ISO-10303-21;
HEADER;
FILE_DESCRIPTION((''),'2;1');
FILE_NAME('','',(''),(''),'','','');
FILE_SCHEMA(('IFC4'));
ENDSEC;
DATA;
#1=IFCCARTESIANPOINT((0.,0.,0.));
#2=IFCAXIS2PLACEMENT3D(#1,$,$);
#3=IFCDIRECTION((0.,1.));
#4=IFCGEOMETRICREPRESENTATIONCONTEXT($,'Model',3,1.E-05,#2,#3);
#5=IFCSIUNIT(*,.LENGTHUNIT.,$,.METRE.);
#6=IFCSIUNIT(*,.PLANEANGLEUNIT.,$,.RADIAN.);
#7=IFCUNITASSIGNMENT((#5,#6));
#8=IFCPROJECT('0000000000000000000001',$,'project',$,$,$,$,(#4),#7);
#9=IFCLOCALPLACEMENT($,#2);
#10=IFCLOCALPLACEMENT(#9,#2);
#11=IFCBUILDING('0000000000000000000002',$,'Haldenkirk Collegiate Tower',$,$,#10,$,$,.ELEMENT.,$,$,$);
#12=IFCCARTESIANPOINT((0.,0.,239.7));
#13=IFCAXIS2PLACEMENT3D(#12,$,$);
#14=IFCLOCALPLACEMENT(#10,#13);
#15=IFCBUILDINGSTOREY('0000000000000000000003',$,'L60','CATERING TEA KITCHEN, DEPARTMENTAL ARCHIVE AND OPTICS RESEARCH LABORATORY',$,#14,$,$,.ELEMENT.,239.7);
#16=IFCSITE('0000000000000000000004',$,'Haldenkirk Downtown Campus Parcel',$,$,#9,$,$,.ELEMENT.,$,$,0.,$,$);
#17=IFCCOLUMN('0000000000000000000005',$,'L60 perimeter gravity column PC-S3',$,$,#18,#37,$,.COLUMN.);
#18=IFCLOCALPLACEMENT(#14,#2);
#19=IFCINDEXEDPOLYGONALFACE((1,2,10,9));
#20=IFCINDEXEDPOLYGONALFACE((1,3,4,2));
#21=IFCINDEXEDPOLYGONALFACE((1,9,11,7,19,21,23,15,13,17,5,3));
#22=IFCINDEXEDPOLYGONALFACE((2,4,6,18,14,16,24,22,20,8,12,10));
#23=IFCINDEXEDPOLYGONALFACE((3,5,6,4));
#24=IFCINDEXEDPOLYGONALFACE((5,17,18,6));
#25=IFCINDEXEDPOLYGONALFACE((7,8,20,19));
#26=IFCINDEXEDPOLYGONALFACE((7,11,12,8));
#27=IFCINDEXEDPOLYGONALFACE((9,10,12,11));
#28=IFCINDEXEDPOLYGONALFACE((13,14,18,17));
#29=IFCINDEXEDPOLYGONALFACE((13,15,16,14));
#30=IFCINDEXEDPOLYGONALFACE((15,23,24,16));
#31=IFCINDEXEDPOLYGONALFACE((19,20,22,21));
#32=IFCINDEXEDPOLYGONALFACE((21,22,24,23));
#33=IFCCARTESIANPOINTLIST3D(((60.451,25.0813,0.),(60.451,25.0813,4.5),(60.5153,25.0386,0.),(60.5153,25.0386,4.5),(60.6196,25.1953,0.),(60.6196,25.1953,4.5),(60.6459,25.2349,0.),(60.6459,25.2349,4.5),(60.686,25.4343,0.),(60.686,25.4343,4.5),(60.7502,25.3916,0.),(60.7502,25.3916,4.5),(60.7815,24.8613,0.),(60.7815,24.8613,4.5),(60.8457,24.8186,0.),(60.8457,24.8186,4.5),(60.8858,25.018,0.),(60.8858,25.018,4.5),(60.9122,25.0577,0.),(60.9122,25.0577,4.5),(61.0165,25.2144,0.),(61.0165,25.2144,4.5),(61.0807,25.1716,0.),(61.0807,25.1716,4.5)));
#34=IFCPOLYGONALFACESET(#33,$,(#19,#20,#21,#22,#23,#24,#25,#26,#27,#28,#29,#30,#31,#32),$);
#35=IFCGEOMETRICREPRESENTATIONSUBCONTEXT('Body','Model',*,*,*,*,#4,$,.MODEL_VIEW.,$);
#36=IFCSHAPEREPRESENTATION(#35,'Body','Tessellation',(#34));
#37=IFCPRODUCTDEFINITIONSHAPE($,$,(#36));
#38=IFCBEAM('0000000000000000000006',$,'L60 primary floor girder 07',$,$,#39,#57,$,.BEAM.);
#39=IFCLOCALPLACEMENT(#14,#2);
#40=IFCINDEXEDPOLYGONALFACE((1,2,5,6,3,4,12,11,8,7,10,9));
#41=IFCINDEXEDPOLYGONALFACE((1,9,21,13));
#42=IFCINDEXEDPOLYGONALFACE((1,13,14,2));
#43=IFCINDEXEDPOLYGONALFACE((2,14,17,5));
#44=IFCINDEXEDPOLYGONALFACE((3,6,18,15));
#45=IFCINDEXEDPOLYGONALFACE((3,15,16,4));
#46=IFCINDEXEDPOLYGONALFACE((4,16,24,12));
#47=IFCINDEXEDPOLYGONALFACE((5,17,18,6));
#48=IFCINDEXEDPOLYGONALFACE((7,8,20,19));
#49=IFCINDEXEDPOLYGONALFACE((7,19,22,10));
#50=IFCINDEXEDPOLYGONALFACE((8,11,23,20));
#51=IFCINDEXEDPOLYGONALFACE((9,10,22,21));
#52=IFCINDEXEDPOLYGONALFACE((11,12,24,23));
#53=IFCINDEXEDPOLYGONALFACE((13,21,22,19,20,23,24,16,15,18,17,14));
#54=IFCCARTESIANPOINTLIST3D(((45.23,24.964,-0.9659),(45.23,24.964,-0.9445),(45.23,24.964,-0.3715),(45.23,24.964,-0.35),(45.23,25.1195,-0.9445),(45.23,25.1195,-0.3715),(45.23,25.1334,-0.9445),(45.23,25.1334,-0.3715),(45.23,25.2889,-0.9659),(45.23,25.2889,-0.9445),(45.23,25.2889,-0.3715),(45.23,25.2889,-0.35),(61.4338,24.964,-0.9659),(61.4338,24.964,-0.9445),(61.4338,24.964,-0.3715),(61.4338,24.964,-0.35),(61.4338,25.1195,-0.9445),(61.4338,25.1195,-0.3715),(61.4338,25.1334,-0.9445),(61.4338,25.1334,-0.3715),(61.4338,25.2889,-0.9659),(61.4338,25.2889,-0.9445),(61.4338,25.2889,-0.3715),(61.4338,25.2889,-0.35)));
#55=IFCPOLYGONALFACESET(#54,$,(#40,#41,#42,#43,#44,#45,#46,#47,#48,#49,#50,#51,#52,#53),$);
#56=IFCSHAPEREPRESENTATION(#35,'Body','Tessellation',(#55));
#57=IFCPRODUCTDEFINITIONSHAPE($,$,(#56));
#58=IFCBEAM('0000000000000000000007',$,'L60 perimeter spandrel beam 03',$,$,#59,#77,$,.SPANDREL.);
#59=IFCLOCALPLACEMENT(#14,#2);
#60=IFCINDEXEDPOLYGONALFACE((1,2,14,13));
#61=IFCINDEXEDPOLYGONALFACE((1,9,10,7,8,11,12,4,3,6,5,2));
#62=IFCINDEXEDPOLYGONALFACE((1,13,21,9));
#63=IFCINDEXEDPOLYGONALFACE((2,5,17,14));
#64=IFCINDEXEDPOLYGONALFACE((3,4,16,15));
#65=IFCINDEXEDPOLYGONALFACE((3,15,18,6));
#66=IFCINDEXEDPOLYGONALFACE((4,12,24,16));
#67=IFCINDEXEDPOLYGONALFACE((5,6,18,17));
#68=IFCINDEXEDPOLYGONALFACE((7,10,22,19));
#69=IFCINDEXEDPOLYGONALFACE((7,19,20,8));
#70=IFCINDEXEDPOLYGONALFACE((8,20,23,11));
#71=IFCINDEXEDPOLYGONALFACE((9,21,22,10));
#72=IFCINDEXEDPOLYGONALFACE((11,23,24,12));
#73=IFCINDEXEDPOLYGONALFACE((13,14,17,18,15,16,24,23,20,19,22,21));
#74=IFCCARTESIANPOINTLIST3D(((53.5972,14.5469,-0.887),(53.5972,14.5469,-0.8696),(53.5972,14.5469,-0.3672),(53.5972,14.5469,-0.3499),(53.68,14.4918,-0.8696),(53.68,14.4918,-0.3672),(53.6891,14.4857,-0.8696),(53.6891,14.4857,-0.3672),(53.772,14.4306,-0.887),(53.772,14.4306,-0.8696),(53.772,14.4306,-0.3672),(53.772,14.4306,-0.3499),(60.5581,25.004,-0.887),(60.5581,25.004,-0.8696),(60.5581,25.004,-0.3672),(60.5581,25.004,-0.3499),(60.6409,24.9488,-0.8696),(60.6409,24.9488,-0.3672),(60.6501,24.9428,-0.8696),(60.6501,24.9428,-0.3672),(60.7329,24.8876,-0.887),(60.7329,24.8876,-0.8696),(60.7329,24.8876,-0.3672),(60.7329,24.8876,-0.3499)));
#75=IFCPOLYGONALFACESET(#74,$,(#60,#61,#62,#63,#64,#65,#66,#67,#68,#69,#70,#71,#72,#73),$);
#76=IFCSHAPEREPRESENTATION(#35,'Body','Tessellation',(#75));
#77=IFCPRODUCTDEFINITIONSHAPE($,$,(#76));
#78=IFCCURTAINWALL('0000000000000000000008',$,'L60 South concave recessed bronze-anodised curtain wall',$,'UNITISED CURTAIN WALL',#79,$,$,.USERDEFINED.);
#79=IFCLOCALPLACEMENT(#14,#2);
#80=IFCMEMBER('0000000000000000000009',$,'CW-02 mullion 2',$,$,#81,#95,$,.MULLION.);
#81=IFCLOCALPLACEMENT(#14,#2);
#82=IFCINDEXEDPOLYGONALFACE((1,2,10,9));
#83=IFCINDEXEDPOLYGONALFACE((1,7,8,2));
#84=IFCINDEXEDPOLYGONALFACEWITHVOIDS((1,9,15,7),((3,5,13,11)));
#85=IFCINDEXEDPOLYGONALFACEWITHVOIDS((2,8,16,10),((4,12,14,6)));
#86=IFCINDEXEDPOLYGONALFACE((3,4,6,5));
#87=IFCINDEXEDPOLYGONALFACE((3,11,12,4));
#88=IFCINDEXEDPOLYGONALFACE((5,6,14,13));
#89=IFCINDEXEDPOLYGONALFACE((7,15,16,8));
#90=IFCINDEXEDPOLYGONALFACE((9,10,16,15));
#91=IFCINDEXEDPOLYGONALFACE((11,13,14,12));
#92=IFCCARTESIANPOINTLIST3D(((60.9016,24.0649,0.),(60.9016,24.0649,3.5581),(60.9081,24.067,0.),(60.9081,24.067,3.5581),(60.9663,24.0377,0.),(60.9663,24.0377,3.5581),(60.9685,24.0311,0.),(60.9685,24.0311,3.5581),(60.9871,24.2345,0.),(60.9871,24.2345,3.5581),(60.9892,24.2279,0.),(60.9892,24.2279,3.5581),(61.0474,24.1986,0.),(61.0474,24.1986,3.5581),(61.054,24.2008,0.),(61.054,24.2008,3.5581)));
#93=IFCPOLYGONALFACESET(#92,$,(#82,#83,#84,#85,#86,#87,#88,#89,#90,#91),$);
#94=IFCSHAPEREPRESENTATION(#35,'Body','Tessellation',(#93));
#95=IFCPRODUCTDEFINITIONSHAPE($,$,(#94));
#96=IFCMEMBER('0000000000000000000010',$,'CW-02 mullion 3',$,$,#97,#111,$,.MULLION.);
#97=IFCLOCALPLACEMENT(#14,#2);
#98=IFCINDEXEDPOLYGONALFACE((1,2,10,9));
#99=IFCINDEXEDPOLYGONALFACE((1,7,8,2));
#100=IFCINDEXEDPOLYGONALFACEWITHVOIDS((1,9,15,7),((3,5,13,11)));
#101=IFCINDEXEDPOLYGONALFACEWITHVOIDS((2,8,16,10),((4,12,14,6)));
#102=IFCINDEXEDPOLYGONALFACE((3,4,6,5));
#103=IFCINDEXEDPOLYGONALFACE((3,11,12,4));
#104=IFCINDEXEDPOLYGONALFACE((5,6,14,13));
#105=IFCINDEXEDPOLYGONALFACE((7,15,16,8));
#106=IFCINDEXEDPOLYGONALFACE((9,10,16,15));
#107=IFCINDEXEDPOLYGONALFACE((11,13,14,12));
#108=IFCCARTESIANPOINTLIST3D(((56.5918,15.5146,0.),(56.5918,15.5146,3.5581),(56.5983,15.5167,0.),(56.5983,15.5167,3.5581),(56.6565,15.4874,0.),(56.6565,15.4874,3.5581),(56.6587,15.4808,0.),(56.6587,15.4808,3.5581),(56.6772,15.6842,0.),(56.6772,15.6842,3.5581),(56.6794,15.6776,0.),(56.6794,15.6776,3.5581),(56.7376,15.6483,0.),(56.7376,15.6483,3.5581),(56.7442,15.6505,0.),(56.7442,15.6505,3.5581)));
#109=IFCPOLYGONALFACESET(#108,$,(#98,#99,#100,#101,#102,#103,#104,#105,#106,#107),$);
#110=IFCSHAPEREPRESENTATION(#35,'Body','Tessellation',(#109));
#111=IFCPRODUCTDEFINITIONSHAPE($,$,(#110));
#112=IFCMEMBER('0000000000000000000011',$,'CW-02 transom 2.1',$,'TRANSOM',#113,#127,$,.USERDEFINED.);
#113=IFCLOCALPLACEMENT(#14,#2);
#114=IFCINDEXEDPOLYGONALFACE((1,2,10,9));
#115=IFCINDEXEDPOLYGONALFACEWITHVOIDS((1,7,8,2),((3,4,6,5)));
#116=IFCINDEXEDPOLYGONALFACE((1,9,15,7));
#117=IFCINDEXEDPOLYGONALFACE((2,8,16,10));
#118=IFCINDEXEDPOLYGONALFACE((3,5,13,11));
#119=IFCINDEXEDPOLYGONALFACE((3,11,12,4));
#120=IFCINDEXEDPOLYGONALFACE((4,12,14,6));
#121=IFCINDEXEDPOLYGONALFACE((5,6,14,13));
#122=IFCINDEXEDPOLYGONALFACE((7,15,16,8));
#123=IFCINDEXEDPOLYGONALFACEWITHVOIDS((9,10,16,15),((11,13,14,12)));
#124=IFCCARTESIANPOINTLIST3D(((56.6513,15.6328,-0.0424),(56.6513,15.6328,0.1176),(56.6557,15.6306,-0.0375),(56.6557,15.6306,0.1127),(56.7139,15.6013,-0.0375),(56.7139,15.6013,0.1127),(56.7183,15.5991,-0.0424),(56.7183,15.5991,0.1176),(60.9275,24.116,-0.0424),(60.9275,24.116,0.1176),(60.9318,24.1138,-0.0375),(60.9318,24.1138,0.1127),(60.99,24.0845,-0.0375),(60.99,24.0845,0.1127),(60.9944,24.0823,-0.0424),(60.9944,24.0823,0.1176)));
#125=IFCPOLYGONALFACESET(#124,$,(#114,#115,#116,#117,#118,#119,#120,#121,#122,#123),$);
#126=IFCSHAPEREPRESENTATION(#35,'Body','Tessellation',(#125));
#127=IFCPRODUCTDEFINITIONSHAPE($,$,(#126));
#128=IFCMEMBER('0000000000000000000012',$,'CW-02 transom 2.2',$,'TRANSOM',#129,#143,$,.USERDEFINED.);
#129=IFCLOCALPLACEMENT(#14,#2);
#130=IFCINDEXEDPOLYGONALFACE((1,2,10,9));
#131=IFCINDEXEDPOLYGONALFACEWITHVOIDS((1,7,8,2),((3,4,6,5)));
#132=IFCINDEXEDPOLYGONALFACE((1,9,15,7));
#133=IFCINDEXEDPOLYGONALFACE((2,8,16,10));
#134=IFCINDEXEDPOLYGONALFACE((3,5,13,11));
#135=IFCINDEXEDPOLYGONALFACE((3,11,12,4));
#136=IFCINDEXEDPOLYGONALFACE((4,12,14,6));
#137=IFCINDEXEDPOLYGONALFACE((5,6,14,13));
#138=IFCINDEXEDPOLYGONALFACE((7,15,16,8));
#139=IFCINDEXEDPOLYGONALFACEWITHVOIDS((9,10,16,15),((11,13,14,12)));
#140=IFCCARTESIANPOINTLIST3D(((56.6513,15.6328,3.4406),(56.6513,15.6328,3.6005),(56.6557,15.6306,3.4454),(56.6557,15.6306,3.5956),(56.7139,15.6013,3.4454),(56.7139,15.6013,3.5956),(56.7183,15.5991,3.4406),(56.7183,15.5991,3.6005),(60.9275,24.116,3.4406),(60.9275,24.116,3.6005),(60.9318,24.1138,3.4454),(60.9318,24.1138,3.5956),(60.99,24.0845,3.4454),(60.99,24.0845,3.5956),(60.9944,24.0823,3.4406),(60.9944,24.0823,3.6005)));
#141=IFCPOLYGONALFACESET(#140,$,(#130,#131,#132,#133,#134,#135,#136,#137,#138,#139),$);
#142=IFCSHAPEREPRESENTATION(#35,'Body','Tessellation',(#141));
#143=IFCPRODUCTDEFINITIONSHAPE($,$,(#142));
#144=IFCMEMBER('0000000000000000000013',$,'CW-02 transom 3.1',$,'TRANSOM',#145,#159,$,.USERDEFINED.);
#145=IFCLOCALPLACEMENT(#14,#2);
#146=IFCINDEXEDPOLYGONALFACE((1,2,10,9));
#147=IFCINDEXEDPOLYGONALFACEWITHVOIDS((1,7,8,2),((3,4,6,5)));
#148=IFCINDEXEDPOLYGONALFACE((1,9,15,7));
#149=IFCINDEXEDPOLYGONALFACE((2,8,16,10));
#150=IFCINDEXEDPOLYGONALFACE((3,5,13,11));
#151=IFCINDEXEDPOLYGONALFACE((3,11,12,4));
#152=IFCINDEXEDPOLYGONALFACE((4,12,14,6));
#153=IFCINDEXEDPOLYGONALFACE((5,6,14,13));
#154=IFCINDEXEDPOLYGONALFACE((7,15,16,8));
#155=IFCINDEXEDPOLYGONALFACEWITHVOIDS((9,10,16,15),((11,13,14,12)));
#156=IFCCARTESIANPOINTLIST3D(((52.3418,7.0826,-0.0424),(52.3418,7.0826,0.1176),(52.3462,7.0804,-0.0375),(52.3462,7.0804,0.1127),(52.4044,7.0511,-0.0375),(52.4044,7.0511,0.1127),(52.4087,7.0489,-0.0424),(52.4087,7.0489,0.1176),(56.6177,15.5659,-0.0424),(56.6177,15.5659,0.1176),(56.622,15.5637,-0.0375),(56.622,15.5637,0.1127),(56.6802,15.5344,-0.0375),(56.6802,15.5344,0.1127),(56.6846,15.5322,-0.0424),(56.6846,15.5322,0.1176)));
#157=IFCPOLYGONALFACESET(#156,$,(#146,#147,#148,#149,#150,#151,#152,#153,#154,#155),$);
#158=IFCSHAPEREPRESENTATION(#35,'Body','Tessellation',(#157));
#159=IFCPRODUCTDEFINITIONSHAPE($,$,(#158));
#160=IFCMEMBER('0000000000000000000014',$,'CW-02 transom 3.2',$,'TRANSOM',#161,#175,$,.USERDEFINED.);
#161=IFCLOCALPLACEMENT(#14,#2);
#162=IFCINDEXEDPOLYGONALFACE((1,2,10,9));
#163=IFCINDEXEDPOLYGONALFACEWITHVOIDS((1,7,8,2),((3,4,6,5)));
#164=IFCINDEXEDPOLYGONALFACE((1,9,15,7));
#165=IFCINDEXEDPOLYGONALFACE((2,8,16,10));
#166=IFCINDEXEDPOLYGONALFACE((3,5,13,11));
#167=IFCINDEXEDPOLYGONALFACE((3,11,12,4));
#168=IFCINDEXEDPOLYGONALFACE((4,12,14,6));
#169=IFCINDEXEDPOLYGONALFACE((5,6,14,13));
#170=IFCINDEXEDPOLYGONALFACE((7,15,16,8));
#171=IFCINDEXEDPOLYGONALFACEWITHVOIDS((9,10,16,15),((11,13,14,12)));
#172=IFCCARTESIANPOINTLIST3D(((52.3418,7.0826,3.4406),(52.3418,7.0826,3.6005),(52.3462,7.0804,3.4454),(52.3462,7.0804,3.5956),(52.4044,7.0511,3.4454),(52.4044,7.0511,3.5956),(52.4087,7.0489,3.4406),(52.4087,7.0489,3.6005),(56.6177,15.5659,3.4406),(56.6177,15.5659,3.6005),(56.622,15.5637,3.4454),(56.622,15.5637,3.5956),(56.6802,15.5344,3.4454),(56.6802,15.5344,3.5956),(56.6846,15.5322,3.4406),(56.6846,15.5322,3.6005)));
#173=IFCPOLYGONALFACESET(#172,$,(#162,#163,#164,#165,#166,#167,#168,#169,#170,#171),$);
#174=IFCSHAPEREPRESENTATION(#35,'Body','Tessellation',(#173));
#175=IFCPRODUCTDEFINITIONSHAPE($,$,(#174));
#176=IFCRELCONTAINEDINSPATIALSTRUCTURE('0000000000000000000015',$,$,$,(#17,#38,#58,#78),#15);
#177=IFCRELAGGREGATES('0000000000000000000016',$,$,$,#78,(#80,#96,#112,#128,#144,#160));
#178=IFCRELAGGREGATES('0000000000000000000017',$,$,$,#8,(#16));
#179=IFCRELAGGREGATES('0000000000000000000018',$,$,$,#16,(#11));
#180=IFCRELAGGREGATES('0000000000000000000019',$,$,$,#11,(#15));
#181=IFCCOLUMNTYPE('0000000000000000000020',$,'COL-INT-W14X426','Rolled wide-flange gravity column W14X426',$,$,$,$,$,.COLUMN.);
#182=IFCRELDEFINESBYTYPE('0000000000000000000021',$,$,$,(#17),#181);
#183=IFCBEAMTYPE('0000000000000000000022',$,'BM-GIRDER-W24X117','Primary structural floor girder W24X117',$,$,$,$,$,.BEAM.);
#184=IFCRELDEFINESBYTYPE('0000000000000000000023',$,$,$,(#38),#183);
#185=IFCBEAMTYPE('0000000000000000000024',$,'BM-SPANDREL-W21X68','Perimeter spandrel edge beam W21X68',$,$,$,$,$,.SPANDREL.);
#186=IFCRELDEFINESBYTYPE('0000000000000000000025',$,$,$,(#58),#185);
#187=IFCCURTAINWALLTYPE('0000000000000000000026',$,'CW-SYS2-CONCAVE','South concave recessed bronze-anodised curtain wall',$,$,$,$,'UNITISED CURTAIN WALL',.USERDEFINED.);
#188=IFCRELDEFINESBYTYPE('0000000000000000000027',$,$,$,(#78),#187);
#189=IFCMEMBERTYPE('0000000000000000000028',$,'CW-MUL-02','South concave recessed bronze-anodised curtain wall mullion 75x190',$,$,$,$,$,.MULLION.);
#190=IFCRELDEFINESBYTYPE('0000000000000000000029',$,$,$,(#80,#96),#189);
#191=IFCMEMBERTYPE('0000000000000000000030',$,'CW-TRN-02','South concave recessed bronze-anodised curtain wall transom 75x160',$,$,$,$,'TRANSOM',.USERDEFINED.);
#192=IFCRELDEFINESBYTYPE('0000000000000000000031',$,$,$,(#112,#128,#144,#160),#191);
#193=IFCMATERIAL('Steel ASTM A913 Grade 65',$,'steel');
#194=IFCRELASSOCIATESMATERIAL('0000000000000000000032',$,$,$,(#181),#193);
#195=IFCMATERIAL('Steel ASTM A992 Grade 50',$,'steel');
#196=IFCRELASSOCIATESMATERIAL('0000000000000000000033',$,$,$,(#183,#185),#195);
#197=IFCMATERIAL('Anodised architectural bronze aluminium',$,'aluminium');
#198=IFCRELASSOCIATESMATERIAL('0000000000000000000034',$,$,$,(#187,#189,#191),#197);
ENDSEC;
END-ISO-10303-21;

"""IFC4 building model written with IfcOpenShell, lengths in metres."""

from ifc_helpers import new_model, si_unit, direction, frame, origin, origin_2d, place, context, subcontext, project, spatial, hollow_rectangle, i_section, extrude, material, material_profile, profile_set, type_object, element, aggregate, save


model = new_model("IFC4")

# Units and contexts
model_context = context("Model", 3, precision=1e-05, world=origin(), true_north=direction((0.0, 1.0)))
body_context = subcontext(model_context, "Body", "Model", "MODEL_VIEW")
ifc_project = project(units=[si_unit("LENGTHUNIT", "METRE"), si_unit("PLANEANGLEUNIT", "RADIAN")], contexts=[model_context])

# Site, building, storey
site_placement = place(None, origin())
site = spatial("IfcSite", under=ifc_project, at=site_placement, Name="Haldenkirk Downtown Campus Parcel", CompositionType="ELEMENT", RefElevation=0.0)
building_placement = place(site_placement, origin())
building = spatial("IfcBuilding", under=site, at=building_placement, Name="Haldenkirk Collegiate Tower", CompositionType="ELEMENT")
storey_placement = place(building_placement, frame((0.0, 0.0, 239.7)))
storey = spatial("IfcBuildingStorey", under=building, at=storey_placement, Name="L60", Description="CATERING TEA KITCHEN, DEPARTMENTAL ARCHIVE AND OPTICS RESEARCH LABORATORY", CompositionType="ELEMENT", Elevation=239.7)

# Column
ifc_material_1 = material(Name="Steel ASTM A913 Grade 65", Category="steel")
ifc_material_profile_1 = material_profile(ifc_material_1, i_section(OverallWidth=0.4241, OverallDepth=0.4741, WebThickness=0.0476, FlangeThickness=0.0771, at=origin_2d()), Name="W14X426")
ifc_profile_set_1 = profile_set([ifc_material_profile_1], Name="Steel ASTM A913 Grade 65")
column_type = type_object("IfcColumnType", Name="COL-INT-W14X426", Description="Rolled wide-flange gravity column W14X426", PredefinedType="COLUMN", material=ifc_profile_set_1)
column_placement = place(storey_placement, frame((60.7659, 25.1265, 0.0), z_axis=(0.0, 0.0, 1.0), x_axis=(0.554118, 0.832438, 0.0)))
element("IfcColumn", 1, at=column_placement, inside=storey, type_object=column_type, Name="L60 perimeter gravity column PC-S3", PredefinedType="COLUMN", context=body_context, shape_type="SweptSolid", body=[
    extrude(i_section(OverallWidth=0.4241, OverallDepth=0.4741, WebThickness=0.0476, FlangeThickness=0.0771, at=origin_2d()), origin(), (0.0, 0.0, 1.0), 4.5),
])

# Beams
ifc_material_2 = material(Name="Steel ASTM A992 Grade 50", Category="steel")
ifc_material_profile_2 = material_profile(ifc_material_2, i_section(OverallWidth=0.325, OverallDepth=0.616, WebThickness=0.0139, FlangeThickness=0.0215, at=origin_2d()), Name="W24X117")
ifc_profile_set_2 = profile_set([ifc_material_profile_2], Name="Steel ASTM A992 Grade 50")
beam_type_1 = type_object("IfcBeamType", Name="BM-GIRDER-W24X117", Description="Primary structural floor girder W24X117", PredefinedType="BEAM", material=ifc_profile_set_2)
beam_1_placement = place(storey_placement, frame((61.4338, 25.1265, -0.658), z_axis=(-1.0, 0.0, 0.0), x_axis=(0.0, -1.0, 0.0)))
element("IfcBeam", 2, at=beam_1_placement, inside=storey, type_object=beam_type_1, Name="L60 primary floor girder 07", PredefinedType="BEAM", context=body_context, shape_type="SweptSolid", body=[
    extrude(i_section(OverallWidth=0.325, OverallDepth=0.616, WebThickness=0.0139, FlangeThickness=0.0215, at=origin_2d()), origin(), (0.0, 0.0, 1.0), 16.2039),
])
ifc_material_profile_3 = material_profile(ifc_material_2, i_section(OverallWidth=0.21, OverallDepth=0.5371, WebThickness=0.011, FlangeThickness=0.0173, at=origin_2d()), Name="W21X68")
ifc_profile_set_3 = profile_set([ifc_material_profile_3], Name="Steel ASTM A992 Grade 50")
beam_type_2 = type_object("IfcBeamType", Name="BM-SPANDREL-W21X68", Description="Perimeter spandrel edge beam W21X68", PredefinedType="SPANDREL", material=ifc_profile_set_3)
beam_2_placement = place(storey_placement, frame((53.6846, 14.4888, -0.6184), z_axis=(0.554126, 0.832433, 0.0), x_axis=(-0.832433, 0.554126, 0.0)))
element("IfcBeam", 3, at=beam_2_placement, inside=storey, type_object=beam_type_2, Name="L60 perimeter spandrel beam 03", PredefinedType="SPANDREL", context=body_context, shape_type="SweptSolid", body=[
    extrude(i_section(OverallWidth=0.21, OverallDepth=0.5371, WebThickness=0.011, FlangeThickness=0.0173, at=origin_2d()), origin(), (0.0, 0.0, 1.0), 12.562),
])

# Curtain wall, members
ifc_material_3 = material(Name="Anodised architectural bronze aluminium", Category="aluminium")
curtain_wall_type = type_object("IfcCurtainWallType", Name="CW-SYS2-CONCAVE", Description="South concave recessed bronze-anodised curtain wall", ElementType="UNITISED CURTAIN WALL", PredefinedType="USERDEFINED", material=ifc_material_3)
curtain_wall_placement = place(storey_placement, origin())
curtain_wall = element("IfcCurtainWall", 4, at=curtain_wall_placement, inside=storey, type_object=curtain_wall_type, Name="L60 South concave recessed bronze-anodised curtain wall", ObjectType="UNITISED CURTAIN WALL", PredefinedType="USERDEFINED")
ifc_material_profile_4 = material_profile(ifc_material_3, hollow_rectangle(XDim=0.075, YDim=0.1899, WallThickness=0.0049, at=origin_2d()), Name="CW-MUL-02")
ifc_profile_set_4 = profile_set([ifc_material_profile_4], Name="Anodised architectural bronze aluminium")
member_type_1 = type_object("IfcMemberType", Name="CW-MUL-02", Description="South concave recessed bronze-anodised curtain wall mullion 75x190", PredefinedType="MULLION", material=ifc_profile_set_4)
member_1_placement = place(storey_placement, frame((60.9778, 24.1328, 0.0), z_axis=(0.0, 0.0, 1.0), x_axis=(0.89298, -0.450097, 0.0)))
member_1 = element("IfcMember", 5, at=member_1_placement, type_object=member_type_1, Name="CW-02 mullion 2", PredefinedType="MULLION", context=body_context, shape_type="SweptSolid", body=[
    extrude(hollow_rectangle(XDim=0.075, YDim=0.1899, WallThickness=0.0049, at=origin_2d()), origin(), (0.0, 0.0, 1.0), 3.5581),
])
member_2_placement = place(storey_placement, frame((56.668, 15.5825, 0.0), z_axis=(0.0, 0.0, 1.0), x_axis=(0.89298, -0.450097, 0.0)))
member_2 = element("IfcMember", 6, at=member_2_placement, type_object=member_type_1, Name="CW-02 mullion 3", PredefinedType="MULLION", context=body_context, shape_type="SweptSolid", body=[
    extrude(hollow_rectangle(XDim=0.075, YDim=0.1899, WallThickness=0.0049, at=origin_2d()), origin(), (0.0, 0.0, 1.0), 3.5581),
])
ifc_material_profile_5 = material_profile(ifc_material_3, hollow_rectangle(XDim=0.075, YDim=0.1599, WallThickness=0.0049, at=origin_2d()), Name="CW-TRN-02")
ifc_profile_set_5 = profile_set([ifc_material_profile_5], Name="Anodised architectural bronze aluminium")
member_type_2 = type_object("IfcMemberType", Name="CW-TRN-02", Description="South concave recessed bronze-anodised curtain wall transom 75x160", ElementType="TRANSOM", PredefinedType="USERDEFINED", material=ifc_profile_set_5)
member_3_placement = place(storey_placement, frame((60.9609, 24.0991, 0.0376), z_axis=(-0.45012, -0.892968, 0.0), x_axis=(0.892968, -0.45012, 0.0)))
member_3 = element("IfcMember", 7, at=member_3_placement, type_object=member_type_2, Name="CW-02 transom 2.1", ObjectType="TRANSOM", PredefinedType="USERDEFINED", context=body_context, shape_type="SweptSolid", body=[
    extrude(hollow_rectangle(XDim=0.075, YDim=0.1599, WallThickness=0.0049, at=origin_2d()), origin(), (0.0, 0.0, 1.0), 9.5),
])
member_4_placement = place(storey_placement, frame((60.9609, 24.0991, 3.5205), z_axis=(-0.45012, -0.892968, 0.0), x_axis=(0.892968, -0.45012, 0.0)))
member_4 = element("IfcMember", 8, at=member_4_placement, type_object=member_type_2, Name="CW-02 transom 2.2", ObjectType="TRANSOM", PredefinedType="USERDEFINED", context=body_context, shape_type="SweptSolid", body=[
    extrude(hollow_rectangle(XDim=0.075, YDim=0.1599, WallThickness=0.0049, at=origin_2d()), origin(), (0.0, 0.0, 1.0), 9.5),
])
member_5_placement = place(storey_placement, frame((56.6511, 15.5491, 0.0376), z_axis=(-0.45009, -0.892983, 0.0), x_axis=(0.892983, -0.45009, 0.0)))
member_5 = element("IfcMember", 9, at=member_5_placement, type_object=member_type_2, Name="CW-02 transom 3.1", ObjectType="TRANSOM", PredefinedType="USERDEFINED", context=body_context, shape_type="SweptSolid", body=[
    extrude(hollow_rectangle(XDim=0.075, YDim=0.1599, WallThickness=0.0049, at=origin_2d()), origin(), (0.0, 0.0, 1.0), 9.5),
])
member_6_placement = place(storey_placement, frame((56.6511, 15.5491, 3.5205), z_axis=(-0.45009, -0.892983, 0.0), x_axis=(0.892983, -0.45009, 0.0)))
member_6 = element("IfcMember", 10, at=member_6_placement, type_object=member_type_2, Name="CW-02 transom 3.2", ObjectType="TRANSOM", PredefinedType="USERDEFINED", context=body_context, shape_type="SweptSolid", body=[
    extrude(hollow_rectangle(XDim=0.075, YDim=0.1599, WallThickness=0.0049, at=origin_2d()), origin(), (0.0, 0.0, 1.0), 9.5),
])
aggregate(curtain_wall, [member_1, member_2, member_3, member_4, member_5, member_6])

save(model, "model.ifc")
